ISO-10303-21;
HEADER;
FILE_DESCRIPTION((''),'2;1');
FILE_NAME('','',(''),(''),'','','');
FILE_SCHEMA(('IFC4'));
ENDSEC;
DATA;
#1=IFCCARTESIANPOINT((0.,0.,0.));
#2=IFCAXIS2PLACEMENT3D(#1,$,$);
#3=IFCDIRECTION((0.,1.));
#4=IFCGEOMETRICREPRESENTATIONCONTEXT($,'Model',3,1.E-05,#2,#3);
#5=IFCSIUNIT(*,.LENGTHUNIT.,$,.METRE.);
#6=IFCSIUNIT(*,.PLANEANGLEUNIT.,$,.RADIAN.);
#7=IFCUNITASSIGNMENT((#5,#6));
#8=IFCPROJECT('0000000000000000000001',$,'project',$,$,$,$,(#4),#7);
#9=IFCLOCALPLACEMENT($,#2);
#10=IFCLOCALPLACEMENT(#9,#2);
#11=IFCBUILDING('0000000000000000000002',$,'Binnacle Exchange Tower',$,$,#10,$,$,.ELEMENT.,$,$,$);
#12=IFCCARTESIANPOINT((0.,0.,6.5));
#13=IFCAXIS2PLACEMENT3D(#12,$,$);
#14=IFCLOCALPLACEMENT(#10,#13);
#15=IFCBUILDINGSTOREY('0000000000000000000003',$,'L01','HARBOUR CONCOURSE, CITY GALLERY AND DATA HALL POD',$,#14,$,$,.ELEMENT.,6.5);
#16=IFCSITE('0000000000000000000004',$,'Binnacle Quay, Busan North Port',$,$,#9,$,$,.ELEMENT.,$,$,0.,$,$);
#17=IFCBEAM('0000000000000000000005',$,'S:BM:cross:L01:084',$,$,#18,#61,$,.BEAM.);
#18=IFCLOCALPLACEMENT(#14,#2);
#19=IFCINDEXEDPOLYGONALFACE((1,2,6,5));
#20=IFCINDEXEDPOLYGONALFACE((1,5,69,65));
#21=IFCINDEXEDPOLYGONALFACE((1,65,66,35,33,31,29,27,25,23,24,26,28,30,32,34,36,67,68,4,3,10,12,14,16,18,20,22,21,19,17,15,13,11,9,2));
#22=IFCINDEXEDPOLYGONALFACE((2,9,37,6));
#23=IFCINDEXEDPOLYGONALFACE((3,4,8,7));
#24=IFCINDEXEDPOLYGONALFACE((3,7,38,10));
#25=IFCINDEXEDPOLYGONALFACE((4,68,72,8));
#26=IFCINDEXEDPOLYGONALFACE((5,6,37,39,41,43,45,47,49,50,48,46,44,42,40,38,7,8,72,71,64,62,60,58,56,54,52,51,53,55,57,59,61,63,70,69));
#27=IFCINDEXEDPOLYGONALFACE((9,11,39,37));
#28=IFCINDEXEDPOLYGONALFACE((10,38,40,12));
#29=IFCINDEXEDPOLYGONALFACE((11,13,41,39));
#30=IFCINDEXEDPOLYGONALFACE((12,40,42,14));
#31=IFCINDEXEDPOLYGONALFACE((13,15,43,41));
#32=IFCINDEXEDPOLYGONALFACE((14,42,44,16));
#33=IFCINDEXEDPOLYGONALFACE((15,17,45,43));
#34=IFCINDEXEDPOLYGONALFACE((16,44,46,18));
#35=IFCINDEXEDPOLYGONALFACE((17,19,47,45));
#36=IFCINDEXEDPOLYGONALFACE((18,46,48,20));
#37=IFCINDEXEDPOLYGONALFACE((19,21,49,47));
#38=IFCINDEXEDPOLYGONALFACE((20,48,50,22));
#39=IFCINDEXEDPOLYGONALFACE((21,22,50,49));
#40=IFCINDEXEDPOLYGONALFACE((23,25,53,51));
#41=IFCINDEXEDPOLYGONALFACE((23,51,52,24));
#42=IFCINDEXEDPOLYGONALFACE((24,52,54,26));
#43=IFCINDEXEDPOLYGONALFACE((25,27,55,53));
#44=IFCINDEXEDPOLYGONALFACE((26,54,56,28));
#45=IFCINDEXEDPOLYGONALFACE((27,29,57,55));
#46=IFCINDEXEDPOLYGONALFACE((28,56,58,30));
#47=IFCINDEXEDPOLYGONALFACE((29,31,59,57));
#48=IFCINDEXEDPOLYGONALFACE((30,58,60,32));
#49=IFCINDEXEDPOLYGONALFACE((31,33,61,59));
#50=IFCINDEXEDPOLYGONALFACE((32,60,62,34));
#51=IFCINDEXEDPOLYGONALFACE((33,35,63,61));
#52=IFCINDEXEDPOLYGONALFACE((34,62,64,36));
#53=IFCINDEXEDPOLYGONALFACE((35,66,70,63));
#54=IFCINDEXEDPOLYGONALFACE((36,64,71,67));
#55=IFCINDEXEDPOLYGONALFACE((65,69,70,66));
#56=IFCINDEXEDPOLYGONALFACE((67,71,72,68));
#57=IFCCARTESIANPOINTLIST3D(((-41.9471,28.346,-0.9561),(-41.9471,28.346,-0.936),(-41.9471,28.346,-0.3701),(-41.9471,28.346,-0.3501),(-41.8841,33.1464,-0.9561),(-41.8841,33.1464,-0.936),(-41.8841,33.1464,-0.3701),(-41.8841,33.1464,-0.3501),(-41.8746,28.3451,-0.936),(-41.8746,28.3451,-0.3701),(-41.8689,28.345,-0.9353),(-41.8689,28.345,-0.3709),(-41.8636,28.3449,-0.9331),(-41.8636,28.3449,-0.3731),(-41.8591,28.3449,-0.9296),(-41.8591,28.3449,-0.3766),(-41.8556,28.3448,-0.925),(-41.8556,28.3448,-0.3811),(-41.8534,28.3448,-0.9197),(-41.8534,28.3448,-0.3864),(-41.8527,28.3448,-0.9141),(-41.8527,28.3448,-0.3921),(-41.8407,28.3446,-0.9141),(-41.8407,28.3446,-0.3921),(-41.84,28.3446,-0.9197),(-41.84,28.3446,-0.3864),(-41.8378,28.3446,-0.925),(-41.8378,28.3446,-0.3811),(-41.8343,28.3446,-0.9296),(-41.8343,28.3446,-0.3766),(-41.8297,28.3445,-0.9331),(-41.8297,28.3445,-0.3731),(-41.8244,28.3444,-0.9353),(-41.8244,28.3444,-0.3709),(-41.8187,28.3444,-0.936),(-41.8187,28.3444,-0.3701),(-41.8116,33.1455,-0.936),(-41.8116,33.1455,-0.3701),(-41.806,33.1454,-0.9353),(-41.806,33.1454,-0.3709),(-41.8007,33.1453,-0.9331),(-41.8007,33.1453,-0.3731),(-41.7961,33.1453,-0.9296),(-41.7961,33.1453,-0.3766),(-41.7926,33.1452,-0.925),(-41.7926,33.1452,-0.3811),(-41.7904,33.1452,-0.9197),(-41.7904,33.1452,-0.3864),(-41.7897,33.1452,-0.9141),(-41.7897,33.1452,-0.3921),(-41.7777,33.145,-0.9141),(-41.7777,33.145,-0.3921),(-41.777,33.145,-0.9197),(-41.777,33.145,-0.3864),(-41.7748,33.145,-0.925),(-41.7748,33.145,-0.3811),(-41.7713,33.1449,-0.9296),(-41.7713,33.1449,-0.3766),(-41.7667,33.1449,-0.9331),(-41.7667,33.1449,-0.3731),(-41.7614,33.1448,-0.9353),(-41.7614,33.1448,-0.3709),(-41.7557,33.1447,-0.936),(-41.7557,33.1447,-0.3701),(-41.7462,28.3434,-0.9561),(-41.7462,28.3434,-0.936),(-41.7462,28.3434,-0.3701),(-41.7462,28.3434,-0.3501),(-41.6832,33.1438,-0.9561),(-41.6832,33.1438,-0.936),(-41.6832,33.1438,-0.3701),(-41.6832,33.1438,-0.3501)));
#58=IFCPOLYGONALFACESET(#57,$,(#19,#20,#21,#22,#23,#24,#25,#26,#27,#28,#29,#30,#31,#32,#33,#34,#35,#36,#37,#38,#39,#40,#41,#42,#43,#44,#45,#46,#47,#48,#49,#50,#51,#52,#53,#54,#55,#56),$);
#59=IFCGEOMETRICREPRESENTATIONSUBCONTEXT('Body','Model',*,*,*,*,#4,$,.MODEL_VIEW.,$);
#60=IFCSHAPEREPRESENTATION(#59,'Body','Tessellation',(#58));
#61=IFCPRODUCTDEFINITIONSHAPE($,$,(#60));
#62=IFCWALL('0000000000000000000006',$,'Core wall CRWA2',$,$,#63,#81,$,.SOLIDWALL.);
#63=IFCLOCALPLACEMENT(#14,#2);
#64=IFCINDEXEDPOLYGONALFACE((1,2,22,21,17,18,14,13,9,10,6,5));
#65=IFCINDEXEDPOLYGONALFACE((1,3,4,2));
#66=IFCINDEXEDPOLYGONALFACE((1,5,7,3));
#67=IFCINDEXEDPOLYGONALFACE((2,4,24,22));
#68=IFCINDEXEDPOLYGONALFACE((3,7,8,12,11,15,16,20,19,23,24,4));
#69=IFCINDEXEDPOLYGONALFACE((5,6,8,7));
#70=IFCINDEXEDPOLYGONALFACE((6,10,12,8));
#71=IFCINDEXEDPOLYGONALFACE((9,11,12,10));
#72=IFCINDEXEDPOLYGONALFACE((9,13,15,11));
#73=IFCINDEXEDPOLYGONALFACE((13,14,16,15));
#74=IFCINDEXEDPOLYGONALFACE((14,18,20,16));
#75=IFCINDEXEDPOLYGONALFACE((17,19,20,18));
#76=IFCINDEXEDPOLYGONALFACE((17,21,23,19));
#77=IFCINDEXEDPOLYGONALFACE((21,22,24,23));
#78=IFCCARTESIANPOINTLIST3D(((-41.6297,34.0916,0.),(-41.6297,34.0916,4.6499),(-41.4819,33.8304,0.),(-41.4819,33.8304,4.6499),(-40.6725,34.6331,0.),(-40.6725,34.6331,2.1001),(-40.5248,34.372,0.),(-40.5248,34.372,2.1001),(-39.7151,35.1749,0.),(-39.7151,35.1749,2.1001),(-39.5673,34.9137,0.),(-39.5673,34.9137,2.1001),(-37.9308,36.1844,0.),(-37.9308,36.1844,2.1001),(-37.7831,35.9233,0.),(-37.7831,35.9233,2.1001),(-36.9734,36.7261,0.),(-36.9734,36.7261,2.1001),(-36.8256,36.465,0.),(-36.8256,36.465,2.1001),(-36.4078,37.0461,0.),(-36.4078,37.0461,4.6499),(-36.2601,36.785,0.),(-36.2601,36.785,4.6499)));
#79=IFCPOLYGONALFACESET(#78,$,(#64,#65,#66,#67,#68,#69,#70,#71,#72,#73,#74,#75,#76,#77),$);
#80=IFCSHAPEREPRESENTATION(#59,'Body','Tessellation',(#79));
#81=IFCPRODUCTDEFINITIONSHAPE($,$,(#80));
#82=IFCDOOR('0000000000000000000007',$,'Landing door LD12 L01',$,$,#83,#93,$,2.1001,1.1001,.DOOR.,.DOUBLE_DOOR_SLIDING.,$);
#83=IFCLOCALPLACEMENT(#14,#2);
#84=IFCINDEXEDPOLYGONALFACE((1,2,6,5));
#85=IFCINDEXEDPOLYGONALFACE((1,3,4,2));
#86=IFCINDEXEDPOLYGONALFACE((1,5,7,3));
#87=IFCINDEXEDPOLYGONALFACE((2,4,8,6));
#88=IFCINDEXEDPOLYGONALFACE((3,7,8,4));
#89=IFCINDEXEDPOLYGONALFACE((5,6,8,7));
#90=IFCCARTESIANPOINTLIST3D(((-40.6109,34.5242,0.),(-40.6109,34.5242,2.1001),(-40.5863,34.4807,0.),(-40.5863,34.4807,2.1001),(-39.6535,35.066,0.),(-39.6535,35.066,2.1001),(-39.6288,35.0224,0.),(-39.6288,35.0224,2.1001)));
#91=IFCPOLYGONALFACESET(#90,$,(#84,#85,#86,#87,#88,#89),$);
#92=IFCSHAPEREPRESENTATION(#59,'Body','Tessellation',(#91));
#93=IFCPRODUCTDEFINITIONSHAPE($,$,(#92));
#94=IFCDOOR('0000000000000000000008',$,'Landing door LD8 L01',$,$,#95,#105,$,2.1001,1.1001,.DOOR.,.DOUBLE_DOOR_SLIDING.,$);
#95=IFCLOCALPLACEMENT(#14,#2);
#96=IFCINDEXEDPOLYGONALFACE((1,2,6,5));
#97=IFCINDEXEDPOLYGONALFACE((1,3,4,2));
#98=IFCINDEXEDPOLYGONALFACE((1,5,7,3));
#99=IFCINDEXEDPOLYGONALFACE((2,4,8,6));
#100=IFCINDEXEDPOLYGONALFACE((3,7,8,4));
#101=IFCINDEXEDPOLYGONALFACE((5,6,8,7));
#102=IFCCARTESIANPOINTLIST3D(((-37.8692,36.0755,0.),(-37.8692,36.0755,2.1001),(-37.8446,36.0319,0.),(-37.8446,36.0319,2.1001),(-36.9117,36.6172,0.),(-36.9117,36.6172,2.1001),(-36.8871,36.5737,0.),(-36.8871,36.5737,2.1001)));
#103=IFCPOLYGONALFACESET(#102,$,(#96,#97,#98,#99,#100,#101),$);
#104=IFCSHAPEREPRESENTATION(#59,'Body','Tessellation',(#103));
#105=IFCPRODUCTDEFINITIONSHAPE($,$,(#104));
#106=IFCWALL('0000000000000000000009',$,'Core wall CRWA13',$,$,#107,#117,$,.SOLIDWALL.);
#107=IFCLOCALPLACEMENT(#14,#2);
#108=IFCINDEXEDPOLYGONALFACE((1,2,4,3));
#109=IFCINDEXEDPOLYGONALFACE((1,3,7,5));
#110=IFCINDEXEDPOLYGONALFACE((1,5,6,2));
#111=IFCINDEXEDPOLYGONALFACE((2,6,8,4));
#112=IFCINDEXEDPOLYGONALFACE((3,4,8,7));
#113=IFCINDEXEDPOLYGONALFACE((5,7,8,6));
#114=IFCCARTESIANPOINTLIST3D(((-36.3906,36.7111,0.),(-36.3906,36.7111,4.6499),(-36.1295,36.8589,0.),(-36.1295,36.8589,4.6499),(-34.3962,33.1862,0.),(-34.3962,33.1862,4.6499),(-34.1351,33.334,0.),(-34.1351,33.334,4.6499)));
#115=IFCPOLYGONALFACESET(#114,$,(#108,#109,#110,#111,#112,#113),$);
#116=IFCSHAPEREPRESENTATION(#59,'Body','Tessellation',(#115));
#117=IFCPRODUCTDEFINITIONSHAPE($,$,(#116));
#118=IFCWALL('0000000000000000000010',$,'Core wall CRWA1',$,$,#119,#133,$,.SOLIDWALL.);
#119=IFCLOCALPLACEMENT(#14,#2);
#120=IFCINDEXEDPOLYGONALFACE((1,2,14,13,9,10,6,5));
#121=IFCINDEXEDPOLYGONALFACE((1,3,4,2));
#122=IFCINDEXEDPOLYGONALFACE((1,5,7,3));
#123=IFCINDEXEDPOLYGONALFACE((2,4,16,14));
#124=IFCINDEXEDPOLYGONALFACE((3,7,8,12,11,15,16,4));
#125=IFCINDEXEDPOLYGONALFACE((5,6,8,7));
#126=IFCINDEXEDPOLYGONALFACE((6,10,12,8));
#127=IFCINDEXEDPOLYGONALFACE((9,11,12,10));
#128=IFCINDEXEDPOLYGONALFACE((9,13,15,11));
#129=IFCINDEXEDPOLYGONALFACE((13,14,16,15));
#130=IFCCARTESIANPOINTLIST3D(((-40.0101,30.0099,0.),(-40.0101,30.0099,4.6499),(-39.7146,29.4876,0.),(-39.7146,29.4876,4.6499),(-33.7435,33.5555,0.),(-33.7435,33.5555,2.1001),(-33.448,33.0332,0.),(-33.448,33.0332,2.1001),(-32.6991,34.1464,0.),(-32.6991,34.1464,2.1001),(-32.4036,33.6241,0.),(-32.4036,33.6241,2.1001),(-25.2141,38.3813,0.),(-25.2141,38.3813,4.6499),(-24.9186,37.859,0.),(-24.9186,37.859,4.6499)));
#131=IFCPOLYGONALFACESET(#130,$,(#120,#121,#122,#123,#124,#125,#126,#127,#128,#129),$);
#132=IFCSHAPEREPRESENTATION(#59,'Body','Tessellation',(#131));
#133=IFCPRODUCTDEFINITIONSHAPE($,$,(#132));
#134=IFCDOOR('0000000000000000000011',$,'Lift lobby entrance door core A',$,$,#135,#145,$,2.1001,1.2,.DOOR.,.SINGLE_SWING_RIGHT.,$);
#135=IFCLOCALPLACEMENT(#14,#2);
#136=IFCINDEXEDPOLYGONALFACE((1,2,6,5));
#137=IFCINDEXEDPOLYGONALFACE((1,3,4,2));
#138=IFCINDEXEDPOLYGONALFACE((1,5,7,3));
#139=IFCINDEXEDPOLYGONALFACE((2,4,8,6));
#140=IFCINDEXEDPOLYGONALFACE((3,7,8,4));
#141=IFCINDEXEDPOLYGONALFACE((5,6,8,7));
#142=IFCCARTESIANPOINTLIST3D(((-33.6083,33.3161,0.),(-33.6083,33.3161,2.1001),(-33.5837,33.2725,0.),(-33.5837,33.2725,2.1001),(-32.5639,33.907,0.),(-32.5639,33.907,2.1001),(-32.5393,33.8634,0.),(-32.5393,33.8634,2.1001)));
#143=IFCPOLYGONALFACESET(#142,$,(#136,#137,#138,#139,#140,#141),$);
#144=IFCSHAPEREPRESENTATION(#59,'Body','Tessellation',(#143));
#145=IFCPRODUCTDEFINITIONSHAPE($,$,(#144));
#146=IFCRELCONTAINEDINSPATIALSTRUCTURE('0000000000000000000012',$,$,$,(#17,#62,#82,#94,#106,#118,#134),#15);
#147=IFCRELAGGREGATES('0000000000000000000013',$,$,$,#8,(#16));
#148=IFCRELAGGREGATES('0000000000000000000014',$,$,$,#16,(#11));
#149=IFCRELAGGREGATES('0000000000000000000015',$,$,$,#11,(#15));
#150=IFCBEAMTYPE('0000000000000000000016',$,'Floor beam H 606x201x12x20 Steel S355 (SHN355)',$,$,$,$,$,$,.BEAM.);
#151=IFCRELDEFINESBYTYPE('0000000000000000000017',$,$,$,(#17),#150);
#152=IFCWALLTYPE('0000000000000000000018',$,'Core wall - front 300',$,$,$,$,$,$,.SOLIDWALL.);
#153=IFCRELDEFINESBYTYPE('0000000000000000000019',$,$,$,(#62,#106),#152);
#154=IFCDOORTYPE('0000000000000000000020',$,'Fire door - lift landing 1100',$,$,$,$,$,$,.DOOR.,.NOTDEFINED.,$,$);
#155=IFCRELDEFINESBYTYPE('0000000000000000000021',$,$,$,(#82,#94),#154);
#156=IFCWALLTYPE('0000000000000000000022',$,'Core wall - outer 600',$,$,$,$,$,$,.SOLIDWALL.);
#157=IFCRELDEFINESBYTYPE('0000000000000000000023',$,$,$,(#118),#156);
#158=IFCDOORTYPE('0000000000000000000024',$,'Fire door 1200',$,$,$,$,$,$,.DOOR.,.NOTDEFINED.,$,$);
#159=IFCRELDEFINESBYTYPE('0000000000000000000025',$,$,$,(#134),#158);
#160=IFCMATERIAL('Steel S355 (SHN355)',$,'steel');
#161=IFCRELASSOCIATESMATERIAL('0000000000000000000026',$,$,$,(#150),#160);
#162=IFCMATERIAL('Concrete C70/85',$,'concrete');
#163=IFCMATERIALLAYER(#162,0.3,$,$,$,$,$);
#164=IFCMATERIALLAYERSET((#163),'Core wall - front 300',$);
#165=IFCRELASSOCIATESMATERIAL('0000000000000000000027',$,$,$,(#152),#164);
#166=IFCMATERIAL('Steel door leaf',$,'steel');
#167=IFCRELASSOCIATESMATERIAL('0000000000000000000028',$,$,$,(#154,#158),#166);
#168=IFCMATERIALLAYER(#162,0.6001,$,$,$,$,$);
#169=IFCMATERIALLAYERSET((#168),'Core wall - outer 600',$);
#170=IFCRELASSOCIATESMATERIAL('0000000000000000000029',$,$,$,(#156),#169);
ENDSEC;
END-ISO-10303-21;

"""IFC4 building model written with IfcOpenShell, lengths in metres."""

from ifc_helpers import new_model, si_unit, direction, frame, frame_2d, origin, origin_2d, place, context, subcontext, project, spatial, rectangle, i_section, extrude, material, layer, layer_set, material_profile, profile_set, type_object, element, fill, save


model = new_model("IFC4")

# Units and contexts
model_context = context("Model", 3, precision=1e-05, world=origin(), true_north=direction((0.0, 1.0)))
body_context = subcontext(model_context, "Body", "Model", "MODEL_VIEW")
ifc_project = project(units=[si_unit("LENGTHUNIT", "METRE"), si_unit("PLANEANGLEUNIT", "RADIAN")], contexts=[model_context])

# Site, building, storey
site_placement = place(None, origin())
site = spatial("IfcSite", under=ifc_project, at=site_placement, Name="Binnacle Quay, Busan North Port", CompositionType="ELEMENT", RefElevation=0.0)
building_placement = place(site_placement, origin())
building = spatial("IfcBuilding", under=site, at=building_placement, Name="Binnacle Exchange Tower", CompositionType="ELEMENT")
storey_placement = place(building_placement, frame((0.0, 0.0, 6.5)))
storey = spatial("IfcBuildingStorey", under=building, at=storey_placement, Name="L01", Description="HARBOUR CONCOURSE, CITY GALLERY AND DATA HALL POD", CompositionType="ELEMENT", Elevation=6.5)

# Shared definitions
ifc_material_1 = material(Name="Concrete C70/85", Category="concrete")

# Beam
ifc_material_2 = material(Name="Steel S355 (SHN355)", Category="steel")
ifc_material_profile_1 = material_profile(ifc_material_2, i_section(OverallWidth=0.2009, OverallDepth=0.606, WebThickness=0.012, FlangeThickness=0.02, FilletRadius=0.022, at=origin_2d()), Name="H 606x201x12x20")
ifc_profile_set_1 = profile_set([ifc_material_profile_1], Name="Steel S355 (SHN355)")
beam_type_1 = type_object("IfcBeamType", Name="Floor beam H 606x201x12x20 Steel S355 (SHN355)", PredefinedType="BEAM", material=ifc_profile_set_1)
beam_1_placement = place(storey_placement, frame((-41.8467, 28.3447, -0.6531), z_axis=(0.013121, 0.999914, 0.0), x_axis=(-0.999914, 0.013121, 0.0)))
element("IfcBeam", 1, at=beam_1_placement, inside=storey, type_object=beam_type_1, Name="S:BM:cross:L01:084", PredefinedType="BEAM", context=body_context, shape_type="SweptSolid", body=[
    extrude(i_section(OverallWidth=0.2009, OverallDepth=0.606, WebThickness=0.012, FlangeThickness=0.02, FilletRadius=0.022, at=origin_2d()), origin(), (0.0, 0.0, 1.0), 4.8008),
])

# Wall, openings, doors
ifc_layer_1 = layer(ifc_material_1, 0.3)
ifc_layer_set_1 = layer_set([ifc_layer_1], Name="Core wall - front 300")
wall_type_1 = type_object("IfcWallType", Name="Core wall - front 300", PredefinedType="SOLIDWALL", material=ifc_layer_set_1)
wall_1_placement = place(storey_placement, frame((-41.5559, 33.9609, 0.0), z_axis=(0.0, 0.0, 1.0), x_axis=(0.870344, 0.492445, 0.0)))
wall_1 = element("IfcWall", 2, at=wall_1_placement, inside=storey, type_object=wall_type_1, Name="Core wall CRWA2", PredefinedType="SOLIDWALL", context=body_context, shape_type="SweptSolid", body=[
    extrude(rectangle(XDim=5.9998, YDim=0.3, at=frame_2d((3.0, 0.0))), origin(), (0.0, 0.0, 1.0), 4.6499),
])
opening_1_placement = place(wall_1_placement, frame((1.0999, 0.0, 0.0)))
opening_1 = element("IfcOpeningElement", 3, at=opening_1_placement, cuts=wall_1, PredefinedType="OPENING", context=body_context, shape_type="SweptSolid", body=[
    extrude(rectangle(XDim=1.1001, YDim=2.1001, at=frame_2d((0.55, 1.05))), frame((0.0, 0.1599, 0.0), z_axis=(0.0, -1.0, 0.0), x_axis=(1.0, 0.0, 0.0)), (0.0, 0.0, 1.0), 0.3201),
])
opening_2_placement = place(wall_1_placement, frame((4.25, 0.0, 0.0)))
opening_2 = element("IfcOpeningElement", 4, at=opening_2_placement, cuts=wall_1, PredefinedType="OPENING", context=body_context, shape_type="SweptSolid", body=[
    extrude(rectangle(XDim=1.1001, YDim=2.1001, at=frame_2d((0.55, 1.05))), frame((0.0, 0.1599, 0.0), z_axis=(0.0, -1.0, 0.0), x_axis=(1.0, 0.0, 0.0)), (0.0, 0.0, 1.0), 0.3201),
])
ifc_material_3 = material(Name="Steel door leaf", Category="steel")
door_type_1 = type_object("IfcDoorType", Name="Fire door - lift landing 1100", OperationType="NOTDEFINED", PredefinedType="DOOR", material=ifc_material_3)
door_1_placement = place(opening_1_placement, origin())
door_1 = element("IfcDoor", 5, at=door_1_placement, inside=storey, type_object=door_type_1, Name="Landing door LD12 L01", OperationType="DOUBLE_DOOR_SLIDING", OverallHeight=2.1001, OverallWidth=1.1001, PredefinedType="DOOR", context=body_context, shape_type="SweptSolid", body=[
    extrude(rectangle(XDim=1.1001, YDim=2.1001, at=frame_2d((0.55, 1.05))), frame((0.0, 0.0249, 0.0), z_axis=(0.0, -1.0, 0.0), x_axis=(1.0, 0.0, 0.0)), (0.0, 0.0, 1.0), 0.05),
])
fill(opening_1, door_1)
door_2_placement = place(opening_2_placement, origin())
door_2 = element("IfcDoor", 6, at=door_2_placement, inside=storey, type_object=door_type_1, Name="Landing door LD8 L01", OperationType="DOUBLE_DOOR_SLIDING", OverallHeight=2.1001, OverallWidth=1.1001, PredefinedType="DOOR", context=body_context, shape_type="SweptSolid", body=[
    extrude(rectangle(XDim=1.1001, YDim=2.1001, at=frame_2d((0.55, 1.05))), frame((0.0, 0.0249, 0.0), z_axis=(0.0, -1.0, 0.0), x_axis=(1.0, 0.0, 0.0)), (0.0, 0.0, 1.0), 0.05),
])
fill(opening_2, door_2)

# Wall
wall_2_placement = place(storey_placement, frame((-36.26, 36.7849, 0.0), z_axis=(0.0, 0.0, 1.0), x_axis=(0.492441, -0.870346, 0.0)))
element("IfcWall", 7, at=wall_2_placement, inside=storey, type_object=wall_type_1, Name="Core wall CRWA13", PredefinedType="SOLIDWALL", context=body_context, shape_type="SweptSolid", body=[
    extrude(rectangle(XDim=4.05, YDim=0.3, at=frame_2d((2.0249, 0.0))), origin(), (0.0, 0.0, 1.0), 4.6499),
])

# Wall, opening, door
ifc_layer_2 = layer(ifc_material_1, 0.6001)
ifc_layer_set_2 = layer_set([ifc_layer_2], Name="Core wall - outer 600")
wall_type_2 = type_object("IfcWallType", Name="Core wall - outer 600", PredefinedType="SOLIDWALL", material=ifc_layer_set_2)
wall_3_placement = place(storey_placement, frame((-39.8623, 29.7488, 0.0), z_axis=(0.0, 0.0, 1.0), x_axis=(0.87035, 0.492433, 0.0)))
wall_3 = element("IfcWall", 8, at=wall_3_placement, inside=storey, type_object=wall_type_2, Name="Core wall CRWA1", PredefinedType="SOLIDWALL", context=body_context, shape_type="SweptSolid", body=[
    extrude(rectangle(XDim=17.0, YDim=0.6001, at=frame_2d((8.5, 0.0))), origin(), (0.0, 0.0, 1.0), 4.6499),
])
opening_3_placement = place(wall_3_placement, frame((7.2, 0.0, 0.0)))
opening_3 = element("IfcOpeningElement", 9, at=opening_3_placement, cuts=wall_3, PredefinedType="OPENING", context=body_context, shape_type="SweptSolid", body=[
    extrude(rectangle(XDim=1.2, YDim=2.1001, at=frame_2d((0.6001, 1.05))), frame((0.0, 0.3101, 0.0), z_axis=(0.0, -1.0, 0.0), x_axis=(1.0, 0.0, 0.0)), (0.0, 0.0, 1.0), 0.6201),
])
door_type_2 = type_object("IfcDoorType", Name="Fire door 1200", OperationType="NOTDEFINED", PredefinedType="DOOR", material=ifc_material_3)
door_3_placement = place(opening_3_placement, frame((1.2, 0.0, 0.0), z_axis=(0.0, 0.0, 1.0), x_axis=(-1.0, 0.0, 0.0)))
door_3 = element("IfcDoor", 10, at=door_3_placement, inside=storey, type_object=door_type_2, Name="Lift lobby entrance door core A", OperationType="SINGLE_SWING_RIGHT", OverallHeight=2.1001, OverallWidth=1.2, PredefinedType="DOOR", context=body_context, shape_type="SweptSolid", body=[
    extrude(rectangle(XDim=1.2, YDim=2.1001, at=frame_2d((0.6001, 1.05))), frame((0.0, 0.0249, 0.0), z_axis=(0.0, -1.0, 0.0), x_axis=(1.0, 0.0, 0.0)), (0.0, 0.0, 1.0), 0.05),
])
fill(opening_3, door_3)

save(model, "model.ifc")
